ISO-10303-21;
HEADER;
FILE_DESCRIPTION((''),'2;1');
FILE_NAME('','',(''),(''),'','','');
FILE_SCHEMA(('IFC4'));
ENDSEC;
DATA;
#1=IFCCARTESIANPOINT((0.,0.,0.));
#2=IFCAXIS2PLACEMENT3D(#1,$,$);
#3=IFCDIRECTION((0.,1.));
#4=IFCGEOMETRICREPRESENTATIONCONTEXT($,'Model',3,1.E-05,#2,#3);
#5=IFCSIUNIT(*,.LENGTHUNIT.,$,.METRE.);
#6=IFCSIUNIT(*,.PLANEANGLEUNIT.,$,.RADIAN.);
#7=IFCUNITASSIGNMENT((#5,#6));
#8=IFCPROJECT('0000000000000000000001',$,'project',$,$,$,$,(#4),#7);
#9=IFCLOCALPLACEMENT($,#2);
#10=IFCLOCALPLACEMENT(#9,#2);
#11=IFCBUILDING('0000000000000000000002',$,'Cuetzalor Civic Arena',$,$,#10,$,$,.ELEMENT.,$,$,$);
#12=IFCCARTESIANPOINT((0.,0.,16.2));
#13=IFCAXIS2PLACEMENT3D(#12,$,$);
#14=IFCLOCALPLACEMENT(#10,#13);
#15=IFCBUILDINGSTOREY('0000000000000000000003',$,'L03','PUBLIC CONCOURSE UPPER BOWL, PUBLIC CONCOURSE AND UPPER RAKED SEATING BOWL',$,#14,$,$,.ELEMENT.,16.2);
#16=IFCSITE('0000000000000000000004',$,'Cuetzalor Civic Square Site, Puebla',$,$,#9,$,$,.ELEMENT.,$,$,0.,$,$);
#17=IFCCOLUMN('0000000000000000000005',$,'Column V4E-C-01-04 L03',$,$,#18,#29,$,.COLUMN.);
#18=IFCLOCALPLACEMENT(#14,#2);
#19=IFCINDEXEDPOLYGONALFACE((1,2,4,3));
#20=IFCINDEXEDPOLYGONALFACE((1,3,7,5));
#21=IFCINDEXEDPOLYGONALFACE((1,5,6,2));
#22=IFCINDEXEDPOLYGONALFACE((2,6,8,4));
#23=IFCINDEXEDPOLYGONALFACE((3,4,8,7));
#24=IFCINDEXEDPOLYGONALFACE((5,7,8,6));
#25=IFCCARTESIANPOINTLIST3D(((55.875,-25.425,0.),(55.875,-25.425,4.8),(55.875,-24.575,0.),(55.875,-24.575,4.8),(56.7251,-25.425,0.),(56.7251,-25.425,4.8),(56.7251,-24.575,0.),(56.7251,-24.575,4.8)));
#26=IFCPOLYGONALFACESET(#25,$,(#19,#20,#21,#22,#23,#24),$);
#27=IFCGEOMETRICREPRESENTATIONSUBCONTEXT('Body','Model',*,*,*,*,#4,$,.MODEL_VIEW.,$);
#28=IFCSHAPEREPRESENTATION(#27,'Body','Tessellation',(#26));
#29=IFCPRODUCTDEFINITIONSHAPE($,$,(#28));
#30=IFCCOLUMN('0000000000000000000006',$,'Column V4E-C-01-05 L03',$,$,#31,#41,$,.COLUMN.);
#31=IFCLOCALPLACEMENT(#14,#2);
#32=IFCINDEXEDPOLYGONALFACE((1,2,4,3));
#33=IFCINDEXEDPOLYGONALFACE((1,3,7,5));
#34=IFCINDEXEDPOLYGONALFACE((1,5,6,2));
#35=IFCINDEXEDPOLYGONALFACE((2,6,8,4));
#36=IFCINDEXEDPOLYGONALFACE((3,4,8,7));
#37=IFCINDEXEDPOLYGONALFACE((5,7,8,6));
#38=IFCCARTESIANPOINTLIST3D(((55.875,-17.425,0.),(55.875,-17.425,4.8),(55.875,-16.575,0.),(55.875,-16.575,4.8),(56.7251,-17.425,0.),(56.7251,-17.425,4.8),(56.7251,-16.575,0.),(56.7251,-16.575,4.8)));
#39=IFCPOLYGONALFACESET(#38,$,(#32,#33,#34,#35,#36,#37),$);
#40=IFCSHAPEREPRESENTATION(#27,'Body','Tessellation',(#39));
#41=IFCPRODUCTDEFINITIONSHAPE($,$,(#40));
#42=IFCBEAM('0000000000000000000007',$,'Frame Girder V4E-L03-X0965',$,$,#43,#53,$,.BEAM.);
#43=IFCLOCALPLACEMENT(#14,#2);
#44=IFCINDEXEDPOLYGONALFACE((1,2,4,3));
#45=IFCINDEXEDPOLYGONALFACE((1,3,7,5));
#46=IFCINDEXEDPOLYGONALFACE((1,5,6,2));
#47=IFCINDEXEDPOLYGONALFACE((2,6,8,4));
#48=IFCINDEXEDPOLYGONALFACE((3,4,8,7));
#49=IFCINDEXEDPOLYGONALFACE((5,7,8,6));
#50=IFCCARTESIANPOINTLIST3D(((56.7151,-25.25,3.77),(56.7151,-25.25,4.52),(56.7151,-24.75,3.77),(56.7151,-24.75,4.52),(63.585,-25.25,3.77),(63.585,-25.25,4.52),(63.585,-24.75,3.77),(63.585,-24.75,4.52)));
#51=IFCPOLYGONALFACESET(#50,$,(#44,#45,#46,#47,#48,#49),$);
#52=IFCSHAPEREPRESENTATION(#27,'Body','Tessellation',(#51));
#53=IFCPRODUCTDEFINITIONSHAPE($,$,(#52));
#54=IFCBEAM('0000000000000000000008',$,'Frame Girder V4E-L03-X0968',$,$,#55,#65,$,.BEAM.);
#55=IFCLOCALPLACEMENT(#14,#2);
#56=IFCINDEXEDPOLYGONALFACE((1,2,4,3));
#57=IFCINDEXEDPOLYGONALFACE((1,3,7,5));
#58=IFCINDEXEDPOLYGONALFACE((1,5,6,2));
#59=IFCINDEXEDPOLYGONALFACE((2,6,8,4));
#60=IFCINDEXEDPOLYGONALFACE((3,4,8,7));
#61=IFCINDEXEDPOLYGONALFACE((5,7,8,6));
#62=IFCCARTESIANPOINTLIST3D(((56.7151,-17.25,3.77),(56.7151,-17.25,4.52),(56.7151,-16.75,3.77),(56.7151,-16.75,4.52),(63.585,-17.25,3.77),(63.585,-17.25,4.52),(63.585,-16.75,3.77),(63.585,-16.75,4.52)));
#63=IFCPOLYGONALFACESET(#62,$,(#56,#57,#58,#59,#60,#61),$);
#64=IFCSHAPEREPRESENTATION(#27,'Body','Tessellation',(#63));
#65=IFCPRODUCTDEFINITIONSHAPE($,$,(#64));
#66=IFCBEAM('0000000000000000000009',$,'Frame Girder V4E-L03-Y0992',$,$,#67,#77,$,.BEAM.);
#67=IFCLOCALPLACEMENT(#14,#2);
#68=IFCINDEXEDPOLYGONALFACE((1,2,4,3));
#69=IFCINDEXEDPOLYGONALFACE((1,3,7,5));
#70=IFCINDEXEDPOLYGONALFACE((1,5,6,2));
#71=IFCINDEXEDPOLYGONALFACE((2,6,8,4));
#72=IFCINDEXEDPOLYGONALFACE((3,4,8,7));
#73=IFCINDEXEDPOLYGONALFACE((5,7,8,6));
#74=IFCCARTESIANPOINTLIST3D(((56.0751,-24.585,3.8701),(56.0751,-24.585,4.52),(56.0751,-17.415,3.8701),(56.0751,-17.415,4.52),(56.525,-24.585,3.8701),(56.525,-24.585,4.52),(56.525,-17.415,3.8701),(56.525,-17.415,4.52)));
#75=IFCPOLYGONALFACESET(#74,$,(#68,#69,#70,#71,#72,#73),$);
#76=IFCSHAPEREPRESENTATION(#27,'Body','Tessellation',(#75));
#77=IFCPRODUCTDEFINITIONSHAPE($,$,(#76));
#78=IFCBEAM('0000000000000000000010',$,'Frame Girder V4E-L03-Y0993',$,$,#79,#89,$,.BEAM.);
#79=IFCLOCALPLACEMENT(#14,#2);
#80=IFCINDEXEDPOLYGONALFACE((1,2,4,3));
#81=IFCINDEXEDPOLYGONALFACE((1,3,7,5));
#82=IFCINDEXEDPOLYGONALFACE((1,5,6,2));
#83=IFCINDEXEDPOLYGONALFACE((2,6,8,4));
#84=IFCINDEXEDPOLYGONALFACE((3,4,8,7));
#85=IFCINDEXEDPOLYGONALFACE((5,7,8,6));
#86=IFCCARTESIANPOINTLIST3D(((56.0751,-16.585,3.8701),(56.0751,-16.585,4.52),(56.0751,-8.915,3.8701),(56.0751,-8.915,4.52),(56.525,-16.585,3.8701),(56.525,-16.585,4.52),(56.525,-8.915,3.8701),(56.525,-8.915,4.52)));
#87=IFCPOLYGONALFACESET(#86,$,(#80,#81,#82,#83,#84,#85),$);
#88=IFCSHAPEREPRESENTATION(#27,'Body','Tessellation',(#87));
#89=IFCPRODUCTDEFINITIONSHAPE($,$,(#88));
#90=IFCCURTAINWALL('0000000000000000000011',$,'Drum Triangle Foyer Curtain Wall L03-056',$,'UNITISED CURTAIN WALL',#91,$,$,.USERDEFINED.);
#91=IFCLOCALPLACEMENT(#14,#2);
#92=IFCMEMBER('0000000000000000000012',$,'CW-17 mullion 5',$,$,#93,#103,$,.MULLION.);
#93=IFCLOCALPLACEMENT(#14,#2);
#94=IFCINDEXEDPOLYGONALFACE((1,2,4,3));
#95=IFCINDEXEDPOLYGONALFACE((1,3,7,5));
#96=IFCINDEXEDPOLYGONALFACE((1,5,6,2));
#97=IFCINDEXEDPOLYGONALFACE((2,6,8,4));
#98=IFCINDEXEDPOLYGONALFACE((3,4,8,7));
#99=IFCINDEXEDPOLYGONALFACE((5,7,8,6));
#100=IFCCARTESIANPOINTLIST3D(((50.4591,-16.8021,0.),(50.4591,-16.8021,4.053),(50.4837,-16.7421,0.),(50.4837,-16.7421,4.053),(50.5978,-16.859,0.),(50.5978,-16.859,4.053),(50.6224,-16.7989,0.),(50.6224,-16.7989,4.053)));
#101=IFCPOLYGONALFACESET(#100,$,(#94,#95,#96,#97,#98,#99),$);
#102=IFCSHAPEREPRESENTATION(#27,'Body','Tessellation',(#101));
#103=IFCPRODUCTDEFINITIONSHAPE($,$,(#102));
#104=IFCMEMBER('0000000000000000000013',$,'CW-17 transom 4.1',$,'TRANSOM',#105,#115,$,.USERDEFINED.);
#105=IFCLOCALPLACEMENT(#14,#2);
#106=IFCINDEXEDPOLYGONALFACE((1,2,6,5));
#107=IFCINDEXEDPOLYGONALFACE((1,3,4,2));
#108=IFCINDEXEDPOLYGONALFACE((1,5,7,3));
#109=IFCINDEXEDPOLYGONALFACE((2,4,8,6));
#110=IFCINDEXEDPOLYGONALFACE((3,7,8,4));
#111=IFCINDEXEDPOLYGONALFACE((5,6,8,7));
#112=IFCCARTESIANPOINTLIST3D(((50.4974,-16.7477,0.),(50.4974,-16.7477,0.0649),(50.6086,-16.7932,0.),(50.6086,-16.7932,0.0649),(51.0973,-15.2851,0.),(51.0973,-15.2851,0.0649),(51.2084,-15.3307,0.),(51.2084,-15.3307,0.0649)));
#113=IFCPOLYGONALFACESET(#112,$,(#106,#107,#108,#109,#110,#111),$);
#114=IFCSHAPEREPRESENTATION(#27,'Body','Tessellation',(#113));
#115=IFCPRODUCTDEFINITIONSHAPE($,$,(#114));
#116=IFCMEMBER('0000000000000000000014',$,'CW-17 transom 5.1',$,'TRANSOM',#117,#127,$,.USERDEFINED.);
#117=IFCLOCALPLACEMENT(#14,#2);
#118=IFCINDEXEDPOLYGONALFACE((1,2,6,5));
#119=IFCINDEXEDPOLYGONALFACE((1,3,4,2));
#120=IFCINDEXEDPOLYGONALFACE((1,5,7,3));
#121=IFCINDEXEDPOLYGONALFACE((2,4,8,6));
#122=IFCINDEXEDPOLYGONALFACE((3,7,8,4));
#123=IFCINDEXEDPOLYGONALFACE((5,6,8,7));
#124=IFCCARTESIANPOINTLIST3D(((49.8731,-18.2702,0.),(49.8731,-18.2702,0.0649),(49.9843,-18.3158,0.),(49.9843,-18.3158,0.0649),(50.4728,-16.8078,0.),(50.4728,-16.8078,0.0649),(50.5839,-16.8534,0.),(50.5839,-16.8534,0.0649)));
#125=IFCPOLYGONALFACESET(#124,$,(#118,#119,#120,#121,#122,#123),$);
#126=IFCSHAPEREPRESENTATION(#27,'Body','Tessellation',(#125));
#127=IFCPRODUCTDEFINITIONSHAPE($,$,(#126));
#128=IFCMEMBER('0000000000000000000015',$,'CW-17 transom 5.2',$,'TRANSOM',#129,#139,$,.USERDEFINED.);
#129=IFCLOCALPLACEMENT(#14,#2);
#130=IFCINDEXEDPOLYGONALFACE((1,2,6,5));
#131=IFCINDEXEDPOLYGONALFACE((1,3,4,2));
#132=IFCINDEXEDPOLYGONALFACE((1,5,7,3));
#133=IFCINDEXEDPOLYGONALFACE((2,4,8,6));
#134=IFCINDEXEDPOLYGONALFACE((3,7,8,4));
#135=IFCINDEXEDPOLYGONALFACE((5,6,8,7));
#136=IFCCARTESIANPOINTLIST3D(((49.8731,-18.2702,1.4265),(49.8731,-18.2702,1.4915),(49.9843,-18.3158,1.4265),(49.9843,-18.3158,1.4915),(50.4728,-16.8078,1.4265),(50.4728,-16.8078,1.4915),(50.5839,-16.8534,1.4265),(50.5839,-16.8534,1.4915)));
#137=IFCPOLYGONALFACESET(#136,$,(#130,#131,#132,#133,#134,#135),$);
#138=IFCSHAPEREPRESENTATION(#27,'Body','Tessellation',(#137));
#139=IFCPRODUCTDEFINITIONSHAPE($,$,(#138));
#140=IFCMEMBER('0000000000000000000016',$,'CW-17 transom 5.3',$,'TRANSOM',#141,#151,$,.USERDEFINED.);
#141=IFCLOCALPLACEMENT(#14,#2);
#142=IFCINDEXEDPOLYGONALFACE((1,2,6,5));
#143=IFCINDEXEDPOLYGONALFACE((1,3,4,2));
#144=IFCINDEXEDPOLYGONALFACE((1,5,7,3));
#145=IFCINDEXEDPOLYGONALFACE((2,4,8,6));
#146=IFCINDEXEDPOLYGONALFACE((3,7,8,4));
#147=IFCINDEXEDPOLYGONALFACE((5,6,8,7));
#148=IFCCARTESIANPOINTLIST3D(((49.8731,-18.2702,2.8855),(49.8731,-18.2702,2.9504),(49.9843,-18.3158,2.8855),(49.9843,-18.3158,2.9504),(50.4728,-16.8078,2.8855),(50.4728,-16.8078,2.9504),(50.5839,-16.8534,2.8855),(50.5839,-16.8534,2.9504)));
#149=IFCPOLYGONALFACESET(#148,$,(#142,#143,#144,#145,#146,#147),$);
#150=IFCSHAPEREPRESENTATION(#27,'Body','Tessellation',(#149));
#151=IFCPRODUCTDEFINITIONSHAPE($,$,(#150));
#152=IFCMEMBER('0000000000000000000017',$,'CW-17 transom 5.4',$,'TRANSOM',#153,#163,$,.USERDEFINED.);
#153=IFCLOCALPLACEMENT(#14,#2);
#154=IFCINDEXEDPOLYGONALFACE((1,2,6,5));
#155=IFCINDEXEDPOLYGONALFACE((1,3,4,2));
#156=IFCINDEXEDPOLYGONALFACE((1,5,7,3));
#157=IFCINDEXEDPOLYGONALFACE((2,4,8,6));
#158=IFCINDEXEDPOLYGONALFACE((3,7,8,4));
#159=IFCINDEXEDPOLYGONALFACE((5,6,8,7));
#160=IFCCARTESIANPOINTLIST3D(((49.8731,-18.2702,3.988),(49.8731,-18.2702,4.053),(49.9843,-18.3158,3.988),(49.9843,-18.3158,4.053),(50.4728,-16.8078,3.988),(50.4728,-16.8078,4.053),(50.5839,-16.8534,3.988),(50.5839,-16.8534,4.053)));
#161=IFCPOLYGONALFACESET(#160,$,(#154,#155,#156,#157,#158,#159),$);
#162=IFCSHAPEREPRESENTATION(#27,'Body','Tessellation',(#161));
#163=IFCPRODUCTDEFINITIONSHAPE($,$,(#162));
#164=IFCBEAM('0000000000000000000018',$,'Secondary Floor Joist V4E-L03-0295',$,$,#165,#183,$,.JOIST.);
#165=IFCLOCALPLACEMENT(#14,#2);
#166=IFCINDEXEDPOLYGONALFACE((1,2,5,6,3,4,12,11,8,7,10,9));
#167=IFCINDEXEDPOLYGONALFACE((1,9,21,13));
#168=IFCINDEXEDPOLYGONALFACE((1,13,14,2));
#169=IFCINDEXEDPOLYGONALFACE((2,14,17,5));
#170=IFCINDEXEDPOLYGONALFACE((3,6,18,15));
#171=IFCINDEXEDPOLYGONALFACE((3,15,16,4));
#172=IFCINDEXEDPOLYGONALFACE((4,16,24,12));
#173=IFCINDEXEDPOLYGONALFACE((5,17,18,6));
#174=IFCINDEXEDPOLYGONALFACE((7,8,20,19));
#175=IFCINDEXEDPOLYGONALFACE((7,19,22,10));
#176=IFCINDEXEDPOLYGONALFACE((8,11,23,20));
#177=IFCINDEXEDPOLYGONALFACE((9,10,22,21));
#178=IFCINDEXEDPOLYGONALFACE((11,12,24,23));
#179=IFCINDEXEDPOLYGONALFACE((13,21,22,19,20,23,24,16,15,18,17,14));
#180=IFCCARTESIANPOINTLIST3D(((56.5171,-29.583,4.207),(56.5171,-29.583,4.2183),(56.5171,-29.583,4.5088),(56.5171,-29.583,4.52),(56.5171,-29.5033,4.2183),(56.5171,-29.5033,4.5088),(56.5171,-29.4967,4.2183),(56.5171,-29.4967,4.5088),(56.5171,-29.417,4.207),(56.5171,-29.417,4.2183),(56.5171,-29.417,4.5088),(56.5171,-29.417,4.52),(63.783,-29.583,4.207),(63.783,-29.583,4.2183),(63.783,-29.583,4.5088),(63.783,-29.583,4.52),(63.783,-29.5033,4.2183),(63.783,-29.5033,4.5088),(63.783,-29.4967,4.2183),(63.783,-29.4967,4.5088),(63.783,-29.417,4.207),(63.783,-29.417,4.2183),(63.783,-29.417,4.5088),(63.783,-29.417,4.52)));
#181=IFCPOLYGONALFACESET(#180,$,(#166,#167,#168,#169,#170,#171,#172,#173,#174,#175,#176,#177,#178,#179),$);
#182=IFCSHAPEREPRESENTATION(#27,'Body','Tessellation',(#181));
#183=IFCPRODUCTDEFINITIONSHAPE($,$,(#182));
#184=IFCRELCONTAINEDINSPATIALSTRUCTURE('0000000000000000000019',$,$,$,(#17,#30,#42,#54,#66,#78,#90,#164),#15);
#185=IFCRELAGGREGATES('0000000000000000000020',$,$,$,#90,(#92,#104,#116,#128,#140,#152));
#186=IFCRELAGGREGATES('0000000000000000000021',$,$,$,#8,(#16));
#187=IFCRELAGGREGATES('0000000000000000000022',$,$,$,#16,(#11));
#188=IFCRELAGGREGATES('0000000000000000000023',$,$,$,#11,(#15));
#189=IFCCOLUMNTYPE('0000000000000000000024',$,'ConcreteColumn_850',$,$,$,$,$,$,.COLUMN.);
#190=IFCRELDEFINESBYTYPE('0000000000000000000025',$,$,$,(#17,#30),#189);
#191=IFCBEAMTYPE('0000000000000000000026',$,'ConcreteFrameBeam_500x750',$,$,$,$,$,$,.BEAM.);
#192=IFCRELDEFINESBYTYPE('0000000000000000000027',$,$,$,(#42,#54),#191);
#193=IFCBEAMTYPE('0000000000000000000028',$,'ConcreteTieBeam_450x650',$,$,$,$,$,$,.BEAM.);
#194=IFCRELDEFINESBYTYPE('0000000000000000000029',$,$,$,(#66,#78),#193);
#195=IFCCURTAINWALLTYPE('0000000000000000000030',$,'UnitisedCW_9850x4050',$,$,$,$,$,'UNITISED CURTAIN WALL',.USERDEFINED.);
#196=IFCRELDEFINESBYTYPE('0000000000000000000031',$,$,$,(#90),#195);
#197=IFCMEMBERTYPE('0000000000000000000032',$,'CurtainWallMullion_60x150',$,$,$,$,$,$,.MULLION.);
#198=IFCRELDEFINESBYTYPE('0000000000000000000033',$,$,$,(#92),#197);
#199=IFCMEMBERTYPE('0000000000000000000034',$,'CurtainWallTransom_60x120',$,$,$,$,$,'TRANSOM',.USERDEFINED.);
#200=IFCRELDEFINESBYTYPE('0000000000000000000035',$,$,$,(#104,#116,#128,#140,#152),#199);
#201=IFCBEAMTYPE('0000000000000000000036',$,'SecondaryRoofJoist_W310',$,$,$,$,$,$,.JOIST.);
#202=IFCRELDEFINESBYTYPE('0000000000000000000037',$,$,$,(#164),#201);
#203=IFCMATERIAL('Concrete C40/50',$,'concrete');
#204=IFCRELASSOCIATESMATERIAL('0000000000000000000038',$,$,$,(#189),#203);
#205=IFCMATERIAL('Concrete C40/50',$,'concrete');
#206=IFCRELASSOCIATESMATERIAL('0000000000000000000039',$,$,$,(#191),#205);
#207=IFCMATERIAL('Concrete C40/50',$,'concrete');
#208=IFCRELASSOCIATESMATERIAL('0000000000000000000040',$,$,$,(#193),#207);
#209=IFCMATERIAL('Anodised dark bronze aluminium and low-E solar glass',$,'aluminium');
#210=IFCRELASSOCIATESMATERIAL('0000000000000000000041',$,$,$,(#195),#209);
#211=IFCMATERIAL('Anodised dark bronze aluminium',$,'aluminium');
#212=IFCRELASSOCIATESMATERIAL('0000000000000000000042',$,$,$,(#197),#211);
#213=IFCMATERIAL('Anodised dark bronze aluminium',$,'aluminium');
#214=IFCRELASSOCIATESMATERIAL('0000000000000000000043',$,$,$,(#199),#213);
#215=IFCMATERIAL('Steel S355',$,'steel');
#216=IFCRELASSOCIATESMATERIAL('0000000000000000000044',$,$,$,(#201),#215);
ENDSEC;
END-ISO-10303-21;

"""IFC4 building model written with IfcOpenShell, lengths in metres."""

from ifc_helpers import new_model, si_unit, direction, frame, origin, origin_2d, place, context, subcontext, project, spatial, rectangle, i_section, extrude, material, material_profile, profile_set, type_object, element, aggregate, save


model = new_model("IFC4")

# Units and contexts
model_context = context("Model", 3, precision=1e-05, world=origin(), true_north=direction((0.0, 1.0)))
body_context = subcontext(model_context, "Body", "Model", "MODEL_VIEW")
ifc_project = project(units=[si_unit("LENGTHUNIT", "METRE"), si_unit("PLANEANGLEUNIT", "RADIAN")], contexts=[model_context])

# Site, building, storey
site_placement = place(None, origin())
site = spatial("IfcSite", under=ifc_project, at=site_placement, Name="Cuetzalor Civic Square Site, Puebla", CompositionType="ELEMENT", RefElevation=0.0)
building_placement = place(site_placement, origin())
building = spatial("IfcBuilding", under=site, at=building_placement, Name="Cuetzalor Civic Arena", CompositionType="ELEMENT")
storey_placement = place(building_placement, frame((0.0, 0.0, 16.2)))
storey = spatial("IfcBuildingStorey", under=building, at=storey_placement, Name="L03", Description="PUBLIC CONCOURSE UPPER BOWL, PUBLIC CONCOURSE AND UPPER RAKED SEATING BOWL", CompositionType="ELEMENT", Elevation=16.2)

# Columns
ifc_material_1 = material(Name="Concrete C40/50", Category="concrete")
ifc_material_profile_1 = material_profile(ifc_material_1, rectangle(XDim=0.8501, YDim=0.8501, at=origin_2d()), Name="RC 850x850")
ifc_profile_set_1 = profile_set([ifc_material_profile_1], Name="Concrete C40/50")
column_type = type_object("IfcColumnType", Name="ConcreteColumn_850", PredefinedType="COLUMN", material=ifc_profile_set_1)
for number, where, z_axis, x_axis, name in (
    (1, (56.3, -25.0, 0.0), (0.0, 0.0, 1.0), (1.0, 0.0, 0.0), "Column V4E-C-01-04 L03"),
    (2, (56.3, -17.0, 0.0), (0.0, 0.0, 1.0), (1.0, 0.0, 0.0), "Column V4E-C-01-05 L03"),
):
    element("IfcColumn", number, at=place(storey_placement, frame(where, z_axis=z_axis, x_axis=x_axis)), inside=storey, type_object=column_type, Name=name, PredefinedType="COLUMN", context=body_context, shape_type="SweptSolid", body=[
        extrude(rectangle(XDim=0.8501, YDim=0.8501, at=origin_2d()), origin(), (0.0, 0.0, 1.0), 4.8),
    ])

# Beams
ifc_material_2 = material(Name="Concrete C40/50", Category="concrete")
ifc_material_profile_2 = material_profile(ifc_material_2, rectangle(XDim=0.5, YDim=0.75, at=origin_2d()), Name="RC 500x750")
ifc_profile_set_2 = profile_set([ifc_material_profile_2], Name="Concrete C40/50")
beam_type_1 = type_object("IfcBeamType", Name="ConcreteFrameBeam_500x750", PredefinedType="BEAM", material=ifc_profile_set_2)
for number, where, z_axis, x_axis, name in (
    (3, (56.7151, -25.0, 4.145), (1.0, 0.0, 0.0), (0.0, 1.0, 0.0), "Frame Girder V4E-L03-X0965"),
    (4, (56.7151, -17.0, 4.145), (1.0, 0.0, 0.0), (0.0, 1.0, 0.0), "Frame Girder V4E-L03-X0968"),
):
    element("IfcBeam", number, at=place(storey_placement, frame(where, z_axis=z_axis, x_axis=x_axis)), inside=storey, type_object=beam_type_1, Name=name, PredefinedType="BEAM", context=body_context, shape_type="SweptSolid", body=[
        extrude(rectangle(XDim=0.5, YDim=0.75, at=origin_2d()), origin(), (0.0, 0.0, 1.0), 6.8699),
    ])
ifc_material_3 = material(Name="Concrete C40/50", Category="concrete")
ifc_material_profile_3 = material_profile(ifc_material_3, rectangle(XDim=0.45, YDim=0.6499, at=origin_2d()), Name="RC 450x650")
ifc_profile_set_3 = profile_set([ifc_material_profile_3], Name="Concrete C40/50")
beam_type_2 = type_object("IfcBeamType", Name="ConcreteTieBeam_450x650", PredefinedType="BEAM", material=ifc_profile_set_3)
beam_1_placement = place(storey_placement, frame((56.3, -24.585, 4.1951), z_axis=(0.0, 1.0, 0.0), x_axis=(-1.0, 0.0, 0.0)))
element("IfcBeam", 5, at=beam_1_placement, inside=storey, type_object=beam_type_2, Name="Frame Girder V4E-L03-Y0992", PredefinedType="BEAM", context=body_context, shape_type="SweptSolid", body=[
    extrude(rectangle(XDim=0.45, YDim=0.6499, at=origin_2d()), origin(), (0.0, 0.0, 1.0), 7.1699),
])
beam_2_placement = place(storey_placement, frame((56.3, -16.585, 4.1951), z_axis=(0.0, 1.0, 0.0), x_axis=(-1.0, 0.0, 0.0)))
element("IfcBeam", 6, at=beam_2_placement, inside=storey, type_object=beam_type_2, Name="Frame Girder V4E-L03-Y0993", PredefinedType="BEAM", context=body_context, shape_type="SweptSolid", body=[
    extrude(rectangle(XDim=0.45, YDim=0.6499, at=origin_2d()), origin(), (0.0, 0.0, 1.0), 7.6699),
])

# Curtain wall, members
ifc_material_4 = material(Name="Anodised dark bronze aluminium and low-E solar glass", Category="aluminium")
curtain_wall_type = type_object("IfcCurtainWallType", Name="UnitisedCW_9850x4050", ElementType="UNITISED CURTAIN WALL", PredefinedType="USERDEFINED", material=ifc_material_4)
curtain_wall_placement = place(storey_placement, origin())
curtain_wall = element("IfcCurtainWall", 7, at=curtain_wall_placement, inside=storey, type_object=curtain_wall_type, Name="Drum Triangle Foyer Curtain Wall L03-056", ObjectType="UNITISED CURTAIN WALL", PredefinedType="USERDEFINED")
ifc_material_5 = material(Name="Anodised dark bronze aluminium", Category="aluminium")
ifc_material_profile_4 = material_profile(ifc_material_5, rectangle(XDim=0.0649, YDim=0.1499, at=origin_2d()), Name="ALU MULLION 65x150")
ifc_profile_set_4 = profile_set([ifc_material_profile_4], Name="Anodised dark bronze aluminium")
member_type_1 = type_object("IfcMemberType", Name="CurtainWallMullion_60x150", PredefinedType="MULLION", material=ifc_profile_set_4)
member_1_placement = place(storey_placement, frame((50.5408, -16.8005, 0.0), z_axis=(0.0, 0.0, 1.0), x_axis=(-0.379391, -0.925236, 0.0)))
member_1 = element("IfcMember", 8, at=member_1_placement, type_object=member_type_1, Name="CW-17 mullion 5", PredefinedType="MULLION", context=body_context, shape_type="SweptSolid", body=[
    extrude(rectangle(XDim=0.0649, YDim=0.1499, at=origin_2d()), origin(), (0.0, 0.0, 1.0), 4.053),
])
ifc_material_6 = material(Name="Anodised dark bronze aluminium", Category="aluminium")
ifc_material_profile_5 = material_profile(ifc_material_6, rectangle(XDim=0.1201, YDim=0.0649, at=origin_2d()), Name="ALU TRANSOM 65x120")
ifc_profile_set_5 = profile_set([ifc_material_profile_5], Name="Anodised dark bronze aluminium")
member_type_2 = type_object("IfcMemberType", Name="CurtainWallTransom_60x120", ElementType="TRANSOM", PredefinedType="USERDEFINED", material=ifc_profile_set_5)
member_2_placement = place(storey_placement, frame((51.1528, -15.3079, 0.0325), z_axis=(-0.379445, -0.925214, 0.0), x_axis=(0.925214, -0.379445, 0.0)))
member_2 = element("IfcMember", 9, at=member_2_placement, type_object=member_type_2, Name="CW-17 transom 4.1", ObjectType="TRANSOM", PredefinedType="USERDEFINED", context=body_context, shape_type="SweptSolid", body=[
    extrude(rectangle(XDim=0.1201, YDim=0.0649, at=origin_2d()), origin(), (0.0, 0.0, 1.0), 1.5808),
])
member_3_placement = place(storey_placement, frame((50.5283, -16.8306, 0.0325), z_axis=(-0.379367, -0.925246, 0.0), x_axis=(0.925246, -0.379367, 0.0)))
member_3 = element("IfcMember", 10, at=member_3_placement, type_object=member_type_2, Name="CW-17 transom 5.1", ObjectType="TRANSOM", PredefinedType="USERDEFINED", context=body_context, shape_type="SweptSolid", body=[
    extrude(rectangle(XDim=0.1201, YDim=0.0649, at=origin_2d()), origin(), (0.0, 0.0, 1.0), 1.5806),
])
member_4_placement = place(storey_placement, frame((50.5283, -16.8306, 1.459), z_axis=(-0.379367, -0.925246, 0.0), x_axis=(0.925246, -0.379367, 0.0)))
member_4 = element("IfcMember", 11, at=member_4_placement, type_object=member_type_2, Name="CW-17 transom 5.2", ObjectType="TRANSOM", PredefinedType="USERDEFINED", context=body_context, shape_type="SweptSolid", body=[
    extrude(rectangle(XDim=0.1201, YDim=0.0649, at=origin_2d()), origin(), (0.0, 0.0, 1.0), 1.5806),
])
member_5_placement = place(storey_placement, frame((50.5283, -16.8306, 2.918), z_axis=(-0.379367, -0.925246, 0.0), x_axis=(0.925246, -0.379367, 0.0)))
member_5 = element("IfcMember", 12, at=member_5_placement, type_object=member_type_2, Name="CW-17 transom 5.3", ObjectType="TRANSOM", PredefinedType="USERDEFINED", context=body_context, shape_type="SweptSolid", body=[
    extrude(rectangle(XDim=0.1201, YDim=0.0649, at=origin_2d()), origin(), (0.0, 0.0, 1.0), 1.5806),
])
member_6_placement = place(storey_placement, frame((50.5283, -16.8306, 4.0205), z_axis=(-0.379367, -0.925246, 0.0), x_axis=(0.925246, -0.379367, 0.0)))
member_6 = element("IfcMember", 13, at=member_6_placement, type_object=member_type_2, Name="CW-17 transom 5.4", ObjectType="TRANSOM", PredefinedType="USERDEFINED", context=body_context, shape_type="SweptSolid", body=[
    extrude(rectangle(XDim=0.1201, YDim=0.0649, at=origin_2d()), origin(), (0.0, 0.0, 1.0), 1.5806),
])

# Beam
ifc_material_7 = material(Name="Steel S355", Category="steel")
ifc_material_profile_6 = material_profile(ifc_material_7, i_section(OverallWidth=0.166, OverallDepth=0.313, WebThickness=0.0066, FlangeThickness=0.0112, at=origin_2d()), Name="W310x45")
ifc_profile_set_6 = profile_set([ifc_material_profile_6], Name="Steel S355")
beam_type_3 = type_object("IfcBeamType", Name="SecondaryRoofJoist_W310", PredefinedType="JOIST", material=ifc_profile_set_6)
beam_3_placement = place(storey_placement, frame((56.5171, -29.5, 4.3635), z_axis=(1.0, 0.0, 0.0), x_axis=(0.0, 1.0, 0.0)))
element("IfcBeam", 14, at=beam_3_placement, inside=storey, type_object=beam_type_3, Name="Secondary Floor Joist V4E-L03-0295", PredefinedType="JOIST", context=body_context, shape_type="SweptSolid", body=[
    extrude(i_section(OverallWidth=0.166, OverallDepth=0.313, WebThickness=0.0066, FlangeThickness=0.0112, at=origin_2d()), origin(), (0.0, 0.0, 1.0), 7.2659),
])

aggregate(curtain_wall, [member_1, member_2, member_3, member_4, member_5, member_6])

save(model, "model.ifc")
